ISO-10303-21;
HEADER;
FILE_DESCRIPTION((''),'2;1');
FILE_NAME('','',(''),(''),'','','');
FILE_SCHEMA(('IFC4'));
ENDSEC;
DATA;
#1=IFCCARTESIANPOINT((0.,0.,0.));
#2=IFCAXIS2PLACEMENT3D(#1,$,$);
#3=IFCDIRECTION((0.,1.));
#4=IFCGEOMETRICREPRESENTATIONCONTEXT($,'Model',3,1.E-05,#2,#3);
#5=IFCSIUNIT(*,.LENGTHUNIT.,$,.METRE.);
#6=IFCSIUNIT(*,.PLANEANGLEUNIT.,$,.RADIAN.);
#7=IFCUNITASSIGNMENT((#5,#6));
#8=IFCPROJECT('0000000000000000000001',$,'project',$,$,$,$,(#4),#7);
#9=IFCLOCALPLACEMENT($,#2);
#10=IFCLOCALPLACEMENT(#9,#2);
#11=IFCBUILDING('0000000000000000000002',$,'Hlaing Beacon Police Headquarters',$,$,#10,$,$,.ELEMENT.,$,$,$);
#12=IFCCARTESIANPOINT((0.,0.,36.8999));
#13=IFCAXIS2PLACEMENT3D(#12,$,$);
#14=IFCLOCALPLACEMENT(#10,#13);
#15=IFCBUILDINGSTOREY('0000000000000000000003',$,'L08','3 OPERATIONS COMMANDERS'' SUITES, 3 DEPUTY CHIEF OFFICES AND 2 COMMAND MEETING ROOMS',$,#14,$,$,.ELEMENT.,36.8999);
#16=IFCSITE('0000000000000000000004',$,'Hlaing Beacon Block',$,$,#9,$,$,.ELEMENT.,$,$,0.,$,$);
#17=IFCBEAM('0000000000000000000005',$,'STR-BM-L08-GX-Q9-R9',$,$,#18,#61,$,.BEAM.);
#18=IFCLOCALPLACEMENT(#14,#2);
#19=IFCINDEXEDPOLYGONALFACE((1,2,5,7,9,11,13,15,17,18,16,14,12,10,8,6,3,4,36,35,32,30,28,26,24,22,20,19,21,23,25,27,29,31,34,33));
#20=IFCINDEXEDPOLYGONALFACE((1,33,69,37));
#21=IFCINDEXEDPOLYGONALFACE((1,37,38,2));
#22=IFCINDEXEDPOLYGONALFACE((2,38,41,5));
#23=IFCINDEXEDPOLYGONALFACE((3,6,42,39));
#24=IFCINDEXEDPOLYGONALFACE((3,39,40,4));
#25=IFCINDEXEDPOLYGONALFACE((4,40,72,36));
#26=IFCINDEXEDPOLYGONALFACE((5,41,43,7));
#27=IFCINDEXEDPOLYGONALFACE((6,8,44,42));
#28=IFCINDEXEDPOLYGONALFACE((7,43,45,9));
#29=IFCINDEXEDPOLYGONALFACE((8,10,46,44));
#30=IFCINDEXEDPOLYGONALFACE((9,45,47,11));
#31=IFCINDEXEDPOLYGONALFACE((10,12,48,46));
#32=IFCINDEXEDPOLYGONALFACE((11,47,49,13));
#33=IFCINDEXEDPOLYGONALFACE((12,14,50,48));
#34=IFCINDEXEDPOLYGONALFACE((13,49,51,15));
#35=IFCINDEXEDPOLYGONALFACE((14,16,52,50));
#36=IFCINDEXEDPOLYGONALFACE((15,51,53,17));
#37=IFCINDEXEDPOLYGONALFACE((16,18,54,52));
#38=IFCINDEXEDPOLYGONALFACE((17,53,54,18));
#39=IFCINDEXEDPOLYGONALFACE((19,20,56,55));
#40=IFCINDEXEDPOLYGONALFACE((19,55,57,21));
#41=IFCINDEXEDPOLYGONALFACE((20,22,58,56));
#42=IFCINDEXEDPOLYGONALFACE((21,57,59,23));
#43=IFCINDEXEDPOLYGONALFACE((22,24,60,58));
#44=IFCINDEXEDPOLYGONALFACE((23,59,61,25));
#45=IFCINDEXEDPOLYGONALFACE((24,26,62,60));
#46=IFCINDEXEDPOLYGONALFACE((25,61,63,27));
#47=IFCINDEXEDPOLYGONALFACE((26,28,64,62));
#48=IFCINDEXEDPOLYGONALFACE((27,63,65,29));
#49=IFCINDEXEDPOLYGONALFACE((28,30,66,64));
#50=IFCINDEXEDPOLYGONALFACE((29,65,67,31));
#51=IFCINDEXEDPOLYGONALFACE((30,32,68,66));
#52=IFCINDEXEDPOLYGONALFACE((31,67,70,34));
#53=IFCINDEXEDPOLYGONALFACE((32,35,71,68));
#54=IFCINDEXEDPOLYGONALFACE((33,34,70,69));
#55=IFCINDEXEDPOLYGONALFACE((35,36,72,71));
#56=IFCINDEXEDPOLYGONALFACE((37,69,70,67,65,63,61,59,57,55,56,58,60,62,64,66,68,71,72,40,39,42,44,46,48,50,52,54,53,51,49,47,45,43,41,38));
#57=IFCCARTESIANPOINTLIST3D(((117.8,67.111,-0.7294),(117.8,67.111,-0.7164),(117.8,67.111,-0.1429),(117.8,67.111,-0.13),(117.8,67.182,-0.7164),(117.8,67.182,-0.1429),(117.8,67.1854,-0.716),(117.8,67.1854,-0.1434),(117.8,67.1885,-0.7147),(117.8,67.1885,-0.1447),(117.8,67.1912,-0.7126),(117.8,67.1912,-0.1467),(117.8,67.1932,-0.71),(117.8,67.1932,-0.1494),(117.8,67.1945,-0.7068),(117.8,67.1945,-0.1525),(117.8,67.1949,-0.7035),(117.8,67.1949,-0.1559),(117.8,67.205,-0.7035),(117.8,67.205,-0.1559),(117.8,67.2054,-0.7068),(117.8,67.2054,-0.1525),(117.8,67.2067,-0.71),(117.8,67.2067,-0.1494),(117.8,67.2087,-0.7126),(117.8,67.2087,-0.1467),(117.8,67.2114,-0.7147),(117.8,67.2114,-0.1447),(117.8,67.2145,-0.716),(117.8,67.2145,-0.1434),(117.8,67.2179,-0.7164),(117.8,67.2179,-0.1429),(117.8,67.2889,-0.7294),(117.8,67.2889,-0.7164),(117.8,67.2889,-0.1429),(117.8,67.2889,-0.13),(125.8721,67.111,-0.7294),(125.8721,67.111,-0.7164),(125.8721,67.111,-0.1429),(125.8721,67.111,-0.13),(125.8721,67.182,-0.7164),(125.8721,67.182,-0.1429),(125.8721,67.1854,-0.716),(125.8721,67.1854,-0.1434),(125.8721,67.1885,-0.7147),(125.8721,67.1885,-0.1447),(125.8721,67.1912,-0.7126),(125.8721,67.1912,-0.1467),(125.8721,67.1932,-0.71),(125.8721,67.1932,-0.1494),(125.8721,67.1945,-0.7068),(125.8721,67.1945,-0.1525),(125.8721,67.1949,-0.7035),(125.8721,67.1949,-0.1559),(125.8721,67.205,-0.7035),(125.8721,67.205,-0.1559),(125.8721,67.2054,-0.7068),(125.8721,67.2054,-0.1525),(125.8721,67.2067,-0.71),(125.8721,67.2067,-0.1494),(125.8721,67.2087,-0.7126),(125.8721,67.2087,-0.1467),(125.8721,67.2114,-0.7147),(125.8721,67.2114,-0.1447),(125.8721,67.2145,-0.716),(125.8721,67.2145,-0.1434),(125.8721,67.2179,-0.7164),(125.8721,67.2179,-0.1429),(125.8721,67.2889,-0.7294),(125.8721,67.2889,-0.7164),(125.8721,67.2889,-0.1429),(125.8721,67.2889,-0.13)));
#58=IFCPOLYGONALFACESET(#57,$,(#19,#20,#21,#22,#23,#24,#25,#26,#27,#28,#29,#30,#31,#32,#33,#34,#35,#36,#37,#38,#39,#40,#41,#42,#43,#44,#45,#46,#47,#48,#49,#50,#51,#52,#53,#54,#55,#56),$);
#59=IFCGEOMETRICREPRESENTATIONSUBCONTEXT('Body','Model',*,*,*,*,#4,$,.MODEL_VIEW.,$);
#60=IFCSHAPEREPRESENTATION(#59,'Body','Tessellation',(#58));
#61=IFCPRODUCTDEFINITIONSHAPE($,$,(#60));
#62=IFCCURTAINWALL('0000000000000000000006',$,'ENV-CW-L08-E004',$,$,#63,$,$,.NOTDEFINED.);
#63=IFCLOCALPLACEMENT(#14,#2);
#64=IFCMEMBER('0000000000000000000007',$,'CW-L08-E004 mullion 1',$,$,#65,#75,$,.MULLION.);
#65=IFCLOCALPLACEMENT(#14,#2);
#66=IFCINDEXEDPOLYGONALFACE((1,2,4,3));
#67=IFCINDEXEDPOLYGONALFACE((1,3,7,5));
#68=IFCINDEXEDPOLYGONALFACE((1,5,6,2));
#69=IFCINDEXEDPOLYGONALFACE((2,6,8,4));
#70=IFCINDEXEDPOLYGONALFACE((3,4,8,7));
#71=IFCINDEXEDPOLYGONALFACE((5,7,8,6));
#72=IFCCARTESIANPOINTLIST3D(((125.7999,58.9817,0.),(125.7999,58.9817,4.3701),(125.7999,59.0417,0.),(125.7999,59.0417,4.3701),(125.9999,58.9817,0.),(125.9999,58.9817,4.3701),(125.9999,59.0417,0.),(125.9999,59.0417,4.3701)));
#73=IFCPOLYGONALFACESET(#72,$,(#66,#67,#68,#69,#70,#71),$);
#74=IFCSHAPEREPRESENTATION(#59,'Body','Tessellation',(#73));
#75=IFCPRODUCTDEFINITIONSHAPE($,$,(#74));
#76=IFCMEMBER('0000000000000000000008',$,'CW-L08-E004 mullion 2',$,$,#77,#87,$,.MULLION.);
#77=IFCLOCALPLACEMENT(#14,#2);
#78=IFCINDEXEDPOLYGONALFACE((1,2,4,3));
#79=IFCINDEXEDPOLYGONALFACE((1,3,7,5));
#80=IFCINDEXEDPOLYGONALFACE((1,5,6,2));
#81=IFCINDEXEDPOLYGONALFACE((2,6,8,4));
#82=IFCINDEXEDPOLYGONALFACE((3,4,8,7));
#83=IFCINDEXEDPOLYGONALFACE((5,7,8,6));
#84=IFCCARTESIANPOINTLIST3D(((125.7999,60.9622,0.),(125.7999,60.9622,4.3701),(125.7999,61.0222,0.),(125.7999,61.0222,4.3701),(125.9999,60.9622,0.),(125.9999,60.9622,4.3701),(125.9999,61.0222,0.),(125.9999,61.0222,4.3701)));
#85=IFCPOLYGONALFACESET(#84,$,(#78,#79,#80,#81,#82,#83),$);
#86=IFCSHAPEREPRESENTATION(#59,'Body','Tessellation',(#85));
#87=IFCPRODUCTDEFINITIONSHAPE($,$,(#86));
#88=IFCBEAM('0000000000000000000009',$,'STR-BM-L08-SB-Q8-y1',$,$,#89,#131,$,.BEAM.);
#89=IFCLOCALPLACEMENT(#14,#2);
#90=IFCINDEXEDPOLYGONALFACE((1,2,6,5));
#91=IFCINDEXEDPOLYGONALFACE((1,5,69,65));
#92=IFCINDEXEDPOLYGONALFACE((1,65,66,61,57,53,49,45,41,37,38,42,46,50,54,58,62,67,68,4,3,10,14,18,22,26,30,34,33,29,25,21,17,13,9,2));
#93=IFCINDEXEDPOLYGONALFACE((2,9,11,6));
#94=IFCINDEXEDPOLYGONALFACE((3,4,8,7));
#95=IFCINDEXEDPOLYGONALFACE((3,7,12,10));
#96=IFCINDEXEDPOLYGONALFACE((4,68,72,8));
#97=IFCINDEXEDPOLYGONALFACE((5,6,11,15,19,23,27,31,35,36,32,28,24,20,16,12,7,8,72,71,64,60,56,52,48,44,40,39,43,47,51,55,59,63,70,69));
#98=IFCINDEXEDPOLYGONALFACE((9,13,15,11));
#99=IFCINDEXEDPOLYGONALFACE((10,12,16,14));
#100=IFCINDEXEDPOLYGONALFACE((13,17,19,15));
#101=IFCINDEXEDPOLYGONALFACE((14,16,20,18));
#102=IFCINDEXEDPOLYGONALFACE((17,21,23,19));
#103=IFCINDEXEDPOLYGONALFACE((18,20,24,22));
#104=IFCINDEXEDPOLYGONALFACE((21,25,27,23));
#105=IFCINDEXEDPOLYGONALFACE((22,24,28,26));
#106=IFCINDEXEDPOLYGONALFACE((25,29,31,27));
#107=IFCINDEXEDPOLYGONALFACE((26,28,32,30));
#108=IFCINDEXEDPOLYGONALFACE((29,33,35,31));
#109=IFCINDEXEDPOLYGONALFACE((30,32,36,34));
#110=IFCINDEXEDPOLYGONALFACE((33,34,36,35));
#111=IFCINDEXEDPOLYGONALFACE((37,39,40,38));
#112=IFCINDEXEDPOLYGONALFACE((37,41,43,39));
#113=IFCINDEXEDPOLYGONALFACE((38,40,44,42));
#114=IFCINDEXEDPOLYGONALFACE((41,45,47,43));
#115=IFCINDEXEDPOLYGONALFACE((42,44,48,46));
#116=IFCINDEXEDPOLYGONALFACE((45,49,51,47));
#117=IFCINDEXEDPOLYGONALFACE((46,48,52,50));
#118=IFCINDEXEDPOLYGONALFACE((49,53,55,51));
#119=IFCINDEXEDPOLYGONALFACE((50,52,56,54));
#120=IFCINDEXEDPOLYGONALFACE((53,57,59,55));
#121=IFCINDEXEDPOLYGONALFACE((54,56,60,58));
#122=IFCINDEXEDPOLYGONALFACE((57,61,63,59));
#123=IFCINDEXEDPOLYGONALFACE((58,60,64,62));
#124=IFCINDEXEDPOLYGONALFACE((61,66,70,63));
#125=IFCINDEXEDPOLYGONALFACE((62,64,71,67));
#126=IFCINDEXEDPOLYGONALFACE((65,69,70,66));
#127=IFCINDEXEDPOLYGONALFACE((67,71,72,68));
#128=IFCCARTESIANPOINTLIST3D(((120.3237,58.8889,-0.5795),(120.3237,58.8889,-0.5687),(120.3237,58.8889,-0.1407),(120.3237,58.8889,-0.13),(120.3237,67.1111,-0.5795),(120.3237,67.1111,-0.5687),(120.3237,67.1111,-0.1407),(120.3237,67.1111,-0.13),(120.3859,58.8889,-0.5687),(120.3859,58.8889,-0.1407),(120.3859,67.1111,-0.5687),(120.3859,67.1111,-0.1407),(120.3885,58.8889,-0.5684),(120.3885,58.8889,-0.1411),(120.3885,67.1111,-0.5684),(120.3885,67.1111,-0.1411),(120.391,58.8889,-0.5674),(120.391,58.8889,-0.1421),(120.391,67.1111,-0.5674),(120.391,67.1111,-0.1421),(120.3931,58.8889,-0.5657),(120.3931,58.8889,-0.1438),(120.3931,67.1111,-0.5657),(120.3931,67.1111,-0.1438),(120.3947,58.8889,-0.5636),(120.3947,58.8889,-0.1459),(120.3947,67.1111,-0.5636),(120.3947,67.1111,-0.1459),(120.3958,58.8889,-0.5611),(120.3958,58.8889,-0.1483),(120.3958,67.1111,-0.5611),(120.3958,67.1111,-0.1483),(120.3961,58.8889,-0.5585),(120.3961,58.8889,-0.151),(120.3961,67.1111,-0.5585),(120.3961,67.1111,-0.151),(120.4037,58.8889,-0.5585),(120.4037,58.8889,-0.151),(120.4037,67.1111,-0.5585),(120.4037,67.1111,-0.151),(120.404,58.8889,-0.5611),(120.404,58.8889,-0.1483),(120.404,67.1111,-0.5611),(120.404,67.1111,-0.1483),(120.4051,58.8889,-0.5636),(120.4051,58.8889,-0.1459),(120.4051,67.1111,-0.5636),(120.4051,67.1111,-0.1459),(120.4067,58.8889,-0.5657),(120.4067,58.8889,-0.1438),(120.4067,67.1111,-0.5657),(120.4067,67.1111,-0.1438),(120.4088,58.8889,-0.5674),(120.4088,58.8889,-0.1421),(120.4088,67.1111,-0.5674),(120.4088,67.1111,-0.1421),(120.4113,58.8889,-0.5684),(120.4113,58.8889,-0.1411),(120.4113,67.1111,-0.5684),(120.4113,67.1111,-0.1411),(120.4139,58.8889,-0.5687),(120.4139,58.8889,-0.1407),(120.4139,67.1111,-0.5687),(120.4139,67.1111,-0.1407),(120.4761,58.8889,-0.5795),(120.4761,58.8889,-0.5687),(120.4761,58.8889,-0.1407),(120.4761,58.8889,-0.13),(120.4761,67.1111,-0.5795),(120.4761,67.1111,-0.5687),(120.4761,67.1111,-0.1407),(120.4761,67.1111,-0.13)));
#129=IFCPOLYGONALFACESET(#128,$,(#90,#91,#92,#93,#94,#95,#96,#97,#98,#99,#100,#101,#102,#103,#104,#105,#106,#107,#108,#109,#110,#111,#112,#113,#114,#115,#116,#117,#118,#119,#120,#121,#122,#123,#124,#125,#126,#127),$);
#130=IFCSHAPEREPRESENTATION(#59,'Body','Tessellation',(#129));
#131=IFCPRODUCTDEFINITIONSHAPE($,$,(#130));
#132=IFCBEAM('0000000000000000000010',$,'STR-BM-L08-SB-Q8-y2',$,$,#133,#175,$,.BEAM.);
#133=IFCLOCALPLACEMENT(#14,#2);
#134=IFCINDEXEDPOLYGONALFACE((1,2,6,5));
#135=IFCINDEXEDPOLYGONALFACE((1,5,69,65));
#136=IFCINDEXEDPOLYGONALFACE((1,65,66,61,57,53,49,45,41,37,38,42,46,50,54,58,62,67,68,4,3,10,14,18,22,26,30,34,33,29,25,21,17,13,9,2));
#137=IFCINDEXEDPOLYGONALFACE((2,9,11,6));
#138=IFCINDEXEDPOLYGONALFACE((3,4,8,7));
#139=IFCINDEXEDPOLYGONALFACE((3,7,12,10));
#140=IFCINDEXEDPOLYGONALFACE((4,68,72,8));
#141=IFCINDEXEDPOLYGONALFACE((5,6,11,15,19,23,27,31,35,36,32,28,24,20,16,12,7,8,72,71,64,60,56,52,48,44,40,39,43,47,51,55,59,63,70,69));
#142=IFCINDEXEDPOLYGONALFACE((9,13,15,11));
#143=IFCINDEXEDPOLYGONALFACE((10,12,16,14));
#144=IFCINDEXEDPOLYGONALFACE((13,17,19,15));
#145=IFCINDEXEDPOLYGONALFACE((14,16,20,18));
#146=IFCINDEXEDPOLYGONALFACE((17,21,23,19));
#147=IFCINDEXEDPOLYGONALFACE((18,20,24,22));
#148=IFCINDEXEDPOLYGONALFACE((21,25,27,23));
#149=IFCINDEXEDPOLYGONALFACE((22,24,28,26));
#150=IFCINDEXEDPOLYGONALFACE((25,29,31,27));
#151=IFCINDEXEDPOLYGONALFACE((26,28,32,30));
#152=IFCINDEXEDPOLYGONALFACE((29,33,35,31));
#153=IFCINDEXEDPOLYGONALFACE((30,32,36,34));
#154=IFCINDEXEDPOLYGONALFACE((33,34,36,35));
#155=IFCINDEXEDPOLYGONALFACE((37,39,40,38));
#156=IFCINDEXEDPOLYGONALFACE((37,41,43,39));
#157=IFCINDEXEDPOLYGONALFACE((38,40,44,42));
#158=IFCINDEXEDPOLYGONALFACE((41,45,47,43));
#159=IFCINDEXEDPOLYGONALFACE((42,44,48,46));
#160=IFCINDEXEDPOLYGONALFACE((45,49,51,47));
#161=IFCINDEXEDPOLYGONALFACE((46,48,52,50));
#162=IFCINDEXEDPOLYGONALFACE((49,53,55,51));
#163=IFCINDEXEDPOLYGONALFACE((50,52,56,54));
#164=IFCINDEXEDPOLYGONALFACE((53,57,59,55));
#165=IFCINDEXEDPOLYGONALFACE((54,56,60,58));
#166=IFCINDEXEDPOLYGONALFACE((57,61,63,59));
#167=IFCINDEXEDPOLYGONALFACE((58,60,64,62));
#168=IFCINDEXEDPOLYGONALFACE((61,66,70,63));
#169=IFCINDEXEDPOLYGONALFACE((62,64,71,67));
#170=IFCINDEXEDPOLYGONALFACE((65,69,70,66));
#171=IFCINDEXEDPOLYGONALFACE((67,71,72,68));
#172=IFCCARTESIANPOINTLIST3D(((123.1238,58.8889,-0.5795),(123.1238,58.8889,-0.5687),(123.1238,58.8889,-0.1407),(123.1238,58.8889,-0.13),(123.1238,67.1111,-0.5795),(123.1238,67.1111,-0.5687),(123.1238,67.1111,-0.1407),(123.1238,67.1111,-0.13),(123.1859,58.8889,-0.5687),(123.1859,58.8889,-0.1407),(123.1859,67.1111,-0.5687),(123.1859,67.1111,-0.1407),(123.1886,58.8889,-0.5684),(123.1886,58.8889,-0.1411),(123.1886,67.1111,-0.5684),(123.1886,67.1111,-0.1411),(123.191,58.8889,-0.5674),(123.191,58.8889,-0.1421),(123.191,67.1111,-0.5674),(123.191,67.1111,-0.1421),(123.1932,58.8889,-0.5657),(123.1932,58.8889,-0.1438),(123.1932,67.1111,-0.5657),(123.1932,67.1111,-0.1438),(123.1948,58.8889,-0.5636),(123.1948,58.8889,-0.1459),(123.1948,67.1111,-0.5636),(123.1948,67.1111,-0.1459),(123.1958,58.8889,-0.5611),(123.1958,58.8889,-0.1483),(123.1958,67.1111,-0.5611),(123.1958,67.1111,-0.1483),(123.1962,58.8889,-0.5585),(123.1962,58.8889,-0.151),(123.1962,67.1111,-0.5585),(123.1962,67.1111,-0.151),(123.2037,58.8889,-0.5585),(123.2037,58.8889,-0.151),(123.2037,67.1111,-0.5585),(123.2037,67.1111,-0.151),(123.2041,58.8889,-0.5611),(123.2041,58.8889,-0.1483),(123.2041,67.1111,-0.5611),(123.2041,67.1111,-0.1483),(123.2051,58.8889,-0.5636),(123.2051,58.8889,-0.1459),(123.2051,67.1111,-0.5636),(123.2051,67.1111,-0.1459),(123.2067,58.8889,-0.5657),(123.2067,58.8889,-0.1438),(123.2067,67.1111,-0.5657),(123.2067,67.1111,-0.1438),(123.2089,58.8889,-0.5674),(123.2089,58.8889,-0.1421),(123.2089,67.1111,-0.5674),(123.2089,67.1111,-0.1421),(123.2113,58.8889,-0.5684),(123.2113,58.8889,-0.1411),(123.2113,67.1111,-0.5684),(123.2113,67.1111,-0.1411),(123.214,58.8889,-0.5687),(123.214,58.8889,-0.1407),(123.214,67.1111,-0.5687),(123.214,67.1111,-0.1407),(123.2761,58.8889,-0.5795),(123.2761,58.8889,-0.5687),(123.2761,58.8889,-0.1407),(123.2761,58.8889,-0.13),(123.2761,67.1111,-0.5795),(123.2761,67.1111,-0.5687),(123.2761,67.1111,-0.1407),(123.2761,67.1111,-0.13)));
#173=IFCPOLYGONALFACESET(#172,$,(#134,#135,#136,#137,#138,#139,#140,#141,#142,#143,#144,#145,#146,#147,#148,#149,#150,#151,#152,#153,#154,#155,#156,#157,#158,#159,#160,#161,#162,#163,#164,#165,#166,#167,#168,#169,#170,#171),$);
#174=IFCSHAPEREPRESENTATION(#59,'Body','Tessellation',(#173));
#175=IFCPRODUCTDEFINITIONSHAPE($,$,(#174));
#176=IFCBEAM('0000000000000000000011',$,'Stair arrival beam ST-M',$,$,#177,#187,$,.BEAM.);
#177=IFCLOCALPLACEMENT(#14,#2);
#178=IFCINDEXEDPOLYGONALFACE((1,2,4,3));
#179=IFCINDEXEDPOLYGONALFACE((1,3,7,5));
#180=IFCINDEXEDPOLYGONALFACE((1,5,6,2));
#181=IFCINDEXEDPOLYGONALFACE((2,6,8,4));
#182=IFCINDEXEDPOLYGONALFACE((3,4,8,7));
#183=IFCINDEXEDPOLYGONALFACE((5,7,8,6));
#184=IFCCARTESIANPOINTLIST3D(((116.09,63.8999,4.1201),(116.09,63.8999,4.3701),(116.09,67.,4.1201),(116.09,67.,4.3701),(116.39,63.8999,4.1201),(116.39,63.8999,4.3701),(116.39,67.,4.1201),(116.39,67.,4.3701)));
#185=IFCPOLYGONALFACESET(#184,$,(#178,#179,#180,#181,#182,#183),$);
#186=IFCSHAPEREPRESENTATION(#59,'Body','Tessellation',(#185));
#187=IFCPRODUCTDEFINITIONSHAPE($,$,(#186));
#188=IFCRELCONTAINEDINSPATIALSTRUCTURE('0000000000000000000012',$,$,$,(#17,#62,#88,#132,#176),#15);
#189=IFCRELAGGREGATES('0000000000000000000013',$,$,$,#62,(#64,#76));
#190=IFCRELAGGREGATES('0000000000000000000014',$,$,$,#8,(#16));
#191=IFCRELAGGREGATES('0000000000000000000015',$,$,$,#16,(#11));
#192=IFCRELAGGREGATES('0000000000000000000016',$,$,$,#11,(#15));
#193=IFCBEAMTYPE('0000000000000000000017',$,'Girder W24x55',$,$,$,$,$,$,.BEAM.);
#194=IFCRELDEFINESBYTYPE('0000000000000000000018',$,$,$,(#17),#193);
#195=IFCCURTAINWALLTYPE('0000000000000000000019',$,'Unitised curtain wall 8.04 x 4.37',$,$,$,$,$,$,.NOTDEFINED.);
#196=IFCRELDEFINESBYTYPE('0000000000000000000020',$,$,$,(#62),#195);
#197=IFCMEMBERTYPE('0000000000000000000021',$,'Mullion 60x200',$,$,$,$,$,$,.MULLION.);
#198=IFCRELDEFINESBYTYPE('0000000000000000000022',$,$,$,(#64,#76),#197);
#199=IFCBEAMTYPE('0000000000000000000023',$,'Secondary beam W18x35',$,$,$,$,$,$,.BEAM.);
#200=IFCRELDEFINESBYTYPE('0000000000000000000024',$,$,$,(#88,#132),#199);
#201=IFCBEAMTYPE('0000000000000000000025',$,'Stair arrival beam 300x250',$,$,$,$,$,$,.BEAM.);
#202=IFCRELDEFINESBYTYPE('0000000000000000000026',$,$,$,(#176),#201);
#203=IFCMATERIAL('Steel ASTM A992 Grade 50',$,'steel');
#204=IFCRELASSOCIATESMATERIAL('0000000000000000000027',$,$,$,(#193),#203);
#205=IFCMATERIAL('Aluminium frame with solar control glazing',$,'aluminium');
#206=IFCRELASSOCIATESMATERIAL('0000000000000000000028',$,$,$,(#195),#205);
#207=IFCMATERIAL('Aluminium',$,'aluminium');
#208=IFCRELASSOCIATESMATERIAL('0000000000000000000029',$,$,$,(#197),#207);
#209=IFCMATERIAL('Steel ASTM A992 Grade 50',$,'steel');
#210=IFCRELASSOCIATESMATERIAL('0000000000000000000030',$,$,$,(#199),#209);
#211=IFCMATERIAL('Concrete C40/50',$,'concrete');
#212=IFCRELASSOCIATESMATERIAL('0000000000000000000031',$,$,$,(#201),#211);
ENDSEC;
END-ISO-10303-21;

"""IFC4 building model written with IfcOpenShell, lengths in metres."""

from ifc_helpers import new_model, si_unit, direction, frame, origin, origin_2d, place, context, subcontext, project, spatial, rectangle, i_section, extrude, material, material_profile, profile_set, type_object, element, aggregate, save


model = new_model("IFC4")

# Units and contexts
model_context = context("Model", 3, precision=1e-05, world=origin(), true_north=direction((0.0, 1.0)))
body_context = subcontext(model_context, "Body", "Model", "MODEL_VIEW")
ifc_project = project(units=[si_unit("LENGTHUNIT", "METRE"), si_unit("PLANEANGLEUNIT", "RADIAN")], contexts=[model_context])

# Site, building, storey
site_placement = place(None, origin())
site = spatial("IfcSite", under=ifc_project, at=site_placement, Name="Hlaing Beacon Block", CompositionType="ELEMENT", RefElevation=0.0)
building_placement = place(site_placement, origin())
building = spatial("IfcBuilding", under=site, at=building_placement, Name="Hlaing Beacon Police Headquarters", CompositionType="ELEMENT")
storey_placement = place(building_placement, frame((0.0, 0.0, 36.8999)))
storey = spatial("IfcBuildingStorey", under=building, at=storey_placement, Name="L08", Description="3 OPERATIONS COMMANDERS' SUITES, 3 DEPUTY CHIEF OFFICES AND 2 COMMAND MEETING ROOMS", CompositionType="ELEMENT", Elevation=36.8999)

# Beam
ifc_material_1 = material(Name="Steel ASTM A992 Grade 50", Category="steel")
ifc_material_profile_1 = material_profile(ifc_material_1, i_section(OverallWidth=0.178, OverallDepth=0.5994, WebThickness=0.01, FlangeThickness=0.0129, FilletRadius=0.0129, at=origin_2d()), Name="W24x55")
ifc_profile_set_1 = profile_set([ifc_material_profile_1], Name="Steel ASTM A992 Grade 50")
beam_type_1 = type_object("IfcBeamType", Name="Girder W24x55", PredefinedType="BEAM", material=ifc_profile_set_1)
beam_1_placement = place(storey_placement, frame((117.8, 67.2, -0.4297), z_axis=(1.0, 0.0, 0.0), x_axis=(0.0, 1.0, 0.0)))
element("IfcBeam", 1, at=beam_1_placement, inside=storey, type_object=beam_type_1, Name="STR-BM-L08-GX-Q9-R9", PredefinedType="BEAM", context=body_context, shape_type="SweptSolid", body=[
    extrude(i_section(OverallWidth=0.178, OverallDepth=0.5994, WebThickness=0.01, FlangeThickness=0.0129, FilletRadius=0.0129, at=origin_2d()), origin(), (0.0, 0.0, 1.0), 8.072),
])

# Curtain wall, members
ifc_material_2 = material(Name="Aluminium frame with solar control glazing", Category="aluminium")
curtain_wall_type = type_object("IfcCurtainWallType", Name="Unitised curtain wall 8.04 x 4.37", PredefinedType="NOTDEFINED", material=ifc_material_2)
curtain_wall_placement = place(storey_placement, origin())
curtain_wall = element("IfcCurtainWall", 2, at=curtain_wall_placement, inside=storey, type_object=curtain_wall_type, Name="ENV-CW-L08-E004", PredefinedType="NOTDEFINED")
ifc_material_3 = material(Name="Aluminium", Category="aluminium")
ifc_material_profile_2 = material_profile(ifc_material_3, rectangle(XDim=0.2, YDim=0.0601, at=origin_2d()), Name="Mullion 60x200")
ifc_profile_set_2 = profile_set([ifc_material_profile_2], Name="Aluminium")
member_type_1 = type_object("IfcMemberType", Name="Mullion 60x200", PredefinedType="MULLION", material=ifc_profile_set_2)
member_1_placement = place(storey_placement, frame((125.8999, 59.0117, 0.0), z_axis=(0.0, 0.0, 1.0), x_axis=(-1.0, 0.0, 0.0)))
member_1 = element("IfcMember", 3, at=member_1_placement, type_object=member_type_1, Name="CW-L08-E004 mullion 1", PredefinedType="MULLION", context=body_context, shape_type="SweptSolid", body=[
    extrude(rectangle(XDim=0.2, YDim=0.0601, at=origin_2d()), origin(), (0.0, 0.0, 1.0), 4.3701),
])
member_2_placement = place(storey_placement, frame((125.8999, 60.9922, 0.0), z_axis=(0.0, 0.0, 1.0), x_axis=(-1.0, 0.0, 0.0)))
member_2 = element("IfcMember", 4, at=member_2_placement, type_object=member_type_1, Name="CW-L08-E004 mullion 2", PredefinedType="MULLION", context=body_context, shape_type="SweptSolid", body=[
    extrude(rectangle(XDim=0.2, YDim=0.0601, at=origin_2d()), origin(), (0.0, 0.0, 1.0), 4.3701),
])

# Beams
ifc_material_4 = material(Name="Steel ASTM A992 Grade 50", Category="steel")
ifc_material_profile_3 = material_profile(ifc_material_4, i_section(OverallWidth=0.1523, OverallDepth=0.4495, WebThickness=0.0076, FlangeThickness=0.0107, FilletRadius=0.0103, at=origin_2d()), Name="W18x35")
ifc_profile_set_3 = profile_set([ifc_material_profile_3], Name="Steel ASTM A992 Grade 50")
beam_type_2 = type_object("IfcBeamType", Name="Secondary beam W18x35", PredefinedType="BEAM", material=ifc_profile_set_3)
for number, where, z_axis, x_axis, name in (
    (5, (120.3999, 58.8889, -0.3547), (0.0, 1.0, 0.0), (-1.0, 0.0, 0.0), "STR-BM-L08-SB-Q8-y1"),
    (6, (123.2, 58.8889, -0.3547), (0.0, 1.0, 0.0), (-1.0, 0.0, 0.0), "STR-BM-L08-SB-Q8-y2"),
):
    element("IfcBeam", number, at=place(storey_placement, frame(where, z_axis=z_axis, x_axis=x_axis)), inside=storey, type_object=beam_type_2, Name=name, PredefinedType="BEAM", context=body_context, shape_type="SweptSolid", body=[
        extrude(i_section(OverallWidth=0.1523, OverallDepth=0.4495, WebThickness=0.0076, FlangeThickness=0.0107, FilletRadius=0.0103, at=origin_2d()), origin(), (0.0, 0.0, 1.0), 8.2222),
    ])
ifc_material_5 = material(Name="Concrete C40/50", Category="concrete")
ifc_material_profile_4 = material_profile(ifc_material_5, rectangle(XDim=0.3, YDim=0.25, at=origin_2d()), Name="Stair arrival beam 300x250")
ifc_profile_set_4 = profile_set([ifc_material_profile_4], Name="Concrete C40/50")
beam_type_3 = type_object("IfcBeamType", Name="Stair arrival beam 300x250", PredefinedType="BEAM", material=ifc_profile_set_4)
beam_2_placement = place(storey_placement, frame((116.24, 67.0, 4.2451), z_axis=(0.0, -1.0, 0.0), x_axis=(1.0, 0.0, 0.0)))
element("IfcBeam", 7, at=beam_2_placement, inside=storey, type_object=beam_type_3, Name="Stair arrival beam ST-M", PredefinedType="BEAM", context=body_context, shape_type="SweptSolid", body=[
    extrude(rectangle(XDim=0.3, YDim=0.25, at=origin_2d()), origin(), (0.0, 0.0, 1.0), 3.1001),
])

aggregate(curtain_wall, [member_1, member_2])

save(model, "model.ifc")
